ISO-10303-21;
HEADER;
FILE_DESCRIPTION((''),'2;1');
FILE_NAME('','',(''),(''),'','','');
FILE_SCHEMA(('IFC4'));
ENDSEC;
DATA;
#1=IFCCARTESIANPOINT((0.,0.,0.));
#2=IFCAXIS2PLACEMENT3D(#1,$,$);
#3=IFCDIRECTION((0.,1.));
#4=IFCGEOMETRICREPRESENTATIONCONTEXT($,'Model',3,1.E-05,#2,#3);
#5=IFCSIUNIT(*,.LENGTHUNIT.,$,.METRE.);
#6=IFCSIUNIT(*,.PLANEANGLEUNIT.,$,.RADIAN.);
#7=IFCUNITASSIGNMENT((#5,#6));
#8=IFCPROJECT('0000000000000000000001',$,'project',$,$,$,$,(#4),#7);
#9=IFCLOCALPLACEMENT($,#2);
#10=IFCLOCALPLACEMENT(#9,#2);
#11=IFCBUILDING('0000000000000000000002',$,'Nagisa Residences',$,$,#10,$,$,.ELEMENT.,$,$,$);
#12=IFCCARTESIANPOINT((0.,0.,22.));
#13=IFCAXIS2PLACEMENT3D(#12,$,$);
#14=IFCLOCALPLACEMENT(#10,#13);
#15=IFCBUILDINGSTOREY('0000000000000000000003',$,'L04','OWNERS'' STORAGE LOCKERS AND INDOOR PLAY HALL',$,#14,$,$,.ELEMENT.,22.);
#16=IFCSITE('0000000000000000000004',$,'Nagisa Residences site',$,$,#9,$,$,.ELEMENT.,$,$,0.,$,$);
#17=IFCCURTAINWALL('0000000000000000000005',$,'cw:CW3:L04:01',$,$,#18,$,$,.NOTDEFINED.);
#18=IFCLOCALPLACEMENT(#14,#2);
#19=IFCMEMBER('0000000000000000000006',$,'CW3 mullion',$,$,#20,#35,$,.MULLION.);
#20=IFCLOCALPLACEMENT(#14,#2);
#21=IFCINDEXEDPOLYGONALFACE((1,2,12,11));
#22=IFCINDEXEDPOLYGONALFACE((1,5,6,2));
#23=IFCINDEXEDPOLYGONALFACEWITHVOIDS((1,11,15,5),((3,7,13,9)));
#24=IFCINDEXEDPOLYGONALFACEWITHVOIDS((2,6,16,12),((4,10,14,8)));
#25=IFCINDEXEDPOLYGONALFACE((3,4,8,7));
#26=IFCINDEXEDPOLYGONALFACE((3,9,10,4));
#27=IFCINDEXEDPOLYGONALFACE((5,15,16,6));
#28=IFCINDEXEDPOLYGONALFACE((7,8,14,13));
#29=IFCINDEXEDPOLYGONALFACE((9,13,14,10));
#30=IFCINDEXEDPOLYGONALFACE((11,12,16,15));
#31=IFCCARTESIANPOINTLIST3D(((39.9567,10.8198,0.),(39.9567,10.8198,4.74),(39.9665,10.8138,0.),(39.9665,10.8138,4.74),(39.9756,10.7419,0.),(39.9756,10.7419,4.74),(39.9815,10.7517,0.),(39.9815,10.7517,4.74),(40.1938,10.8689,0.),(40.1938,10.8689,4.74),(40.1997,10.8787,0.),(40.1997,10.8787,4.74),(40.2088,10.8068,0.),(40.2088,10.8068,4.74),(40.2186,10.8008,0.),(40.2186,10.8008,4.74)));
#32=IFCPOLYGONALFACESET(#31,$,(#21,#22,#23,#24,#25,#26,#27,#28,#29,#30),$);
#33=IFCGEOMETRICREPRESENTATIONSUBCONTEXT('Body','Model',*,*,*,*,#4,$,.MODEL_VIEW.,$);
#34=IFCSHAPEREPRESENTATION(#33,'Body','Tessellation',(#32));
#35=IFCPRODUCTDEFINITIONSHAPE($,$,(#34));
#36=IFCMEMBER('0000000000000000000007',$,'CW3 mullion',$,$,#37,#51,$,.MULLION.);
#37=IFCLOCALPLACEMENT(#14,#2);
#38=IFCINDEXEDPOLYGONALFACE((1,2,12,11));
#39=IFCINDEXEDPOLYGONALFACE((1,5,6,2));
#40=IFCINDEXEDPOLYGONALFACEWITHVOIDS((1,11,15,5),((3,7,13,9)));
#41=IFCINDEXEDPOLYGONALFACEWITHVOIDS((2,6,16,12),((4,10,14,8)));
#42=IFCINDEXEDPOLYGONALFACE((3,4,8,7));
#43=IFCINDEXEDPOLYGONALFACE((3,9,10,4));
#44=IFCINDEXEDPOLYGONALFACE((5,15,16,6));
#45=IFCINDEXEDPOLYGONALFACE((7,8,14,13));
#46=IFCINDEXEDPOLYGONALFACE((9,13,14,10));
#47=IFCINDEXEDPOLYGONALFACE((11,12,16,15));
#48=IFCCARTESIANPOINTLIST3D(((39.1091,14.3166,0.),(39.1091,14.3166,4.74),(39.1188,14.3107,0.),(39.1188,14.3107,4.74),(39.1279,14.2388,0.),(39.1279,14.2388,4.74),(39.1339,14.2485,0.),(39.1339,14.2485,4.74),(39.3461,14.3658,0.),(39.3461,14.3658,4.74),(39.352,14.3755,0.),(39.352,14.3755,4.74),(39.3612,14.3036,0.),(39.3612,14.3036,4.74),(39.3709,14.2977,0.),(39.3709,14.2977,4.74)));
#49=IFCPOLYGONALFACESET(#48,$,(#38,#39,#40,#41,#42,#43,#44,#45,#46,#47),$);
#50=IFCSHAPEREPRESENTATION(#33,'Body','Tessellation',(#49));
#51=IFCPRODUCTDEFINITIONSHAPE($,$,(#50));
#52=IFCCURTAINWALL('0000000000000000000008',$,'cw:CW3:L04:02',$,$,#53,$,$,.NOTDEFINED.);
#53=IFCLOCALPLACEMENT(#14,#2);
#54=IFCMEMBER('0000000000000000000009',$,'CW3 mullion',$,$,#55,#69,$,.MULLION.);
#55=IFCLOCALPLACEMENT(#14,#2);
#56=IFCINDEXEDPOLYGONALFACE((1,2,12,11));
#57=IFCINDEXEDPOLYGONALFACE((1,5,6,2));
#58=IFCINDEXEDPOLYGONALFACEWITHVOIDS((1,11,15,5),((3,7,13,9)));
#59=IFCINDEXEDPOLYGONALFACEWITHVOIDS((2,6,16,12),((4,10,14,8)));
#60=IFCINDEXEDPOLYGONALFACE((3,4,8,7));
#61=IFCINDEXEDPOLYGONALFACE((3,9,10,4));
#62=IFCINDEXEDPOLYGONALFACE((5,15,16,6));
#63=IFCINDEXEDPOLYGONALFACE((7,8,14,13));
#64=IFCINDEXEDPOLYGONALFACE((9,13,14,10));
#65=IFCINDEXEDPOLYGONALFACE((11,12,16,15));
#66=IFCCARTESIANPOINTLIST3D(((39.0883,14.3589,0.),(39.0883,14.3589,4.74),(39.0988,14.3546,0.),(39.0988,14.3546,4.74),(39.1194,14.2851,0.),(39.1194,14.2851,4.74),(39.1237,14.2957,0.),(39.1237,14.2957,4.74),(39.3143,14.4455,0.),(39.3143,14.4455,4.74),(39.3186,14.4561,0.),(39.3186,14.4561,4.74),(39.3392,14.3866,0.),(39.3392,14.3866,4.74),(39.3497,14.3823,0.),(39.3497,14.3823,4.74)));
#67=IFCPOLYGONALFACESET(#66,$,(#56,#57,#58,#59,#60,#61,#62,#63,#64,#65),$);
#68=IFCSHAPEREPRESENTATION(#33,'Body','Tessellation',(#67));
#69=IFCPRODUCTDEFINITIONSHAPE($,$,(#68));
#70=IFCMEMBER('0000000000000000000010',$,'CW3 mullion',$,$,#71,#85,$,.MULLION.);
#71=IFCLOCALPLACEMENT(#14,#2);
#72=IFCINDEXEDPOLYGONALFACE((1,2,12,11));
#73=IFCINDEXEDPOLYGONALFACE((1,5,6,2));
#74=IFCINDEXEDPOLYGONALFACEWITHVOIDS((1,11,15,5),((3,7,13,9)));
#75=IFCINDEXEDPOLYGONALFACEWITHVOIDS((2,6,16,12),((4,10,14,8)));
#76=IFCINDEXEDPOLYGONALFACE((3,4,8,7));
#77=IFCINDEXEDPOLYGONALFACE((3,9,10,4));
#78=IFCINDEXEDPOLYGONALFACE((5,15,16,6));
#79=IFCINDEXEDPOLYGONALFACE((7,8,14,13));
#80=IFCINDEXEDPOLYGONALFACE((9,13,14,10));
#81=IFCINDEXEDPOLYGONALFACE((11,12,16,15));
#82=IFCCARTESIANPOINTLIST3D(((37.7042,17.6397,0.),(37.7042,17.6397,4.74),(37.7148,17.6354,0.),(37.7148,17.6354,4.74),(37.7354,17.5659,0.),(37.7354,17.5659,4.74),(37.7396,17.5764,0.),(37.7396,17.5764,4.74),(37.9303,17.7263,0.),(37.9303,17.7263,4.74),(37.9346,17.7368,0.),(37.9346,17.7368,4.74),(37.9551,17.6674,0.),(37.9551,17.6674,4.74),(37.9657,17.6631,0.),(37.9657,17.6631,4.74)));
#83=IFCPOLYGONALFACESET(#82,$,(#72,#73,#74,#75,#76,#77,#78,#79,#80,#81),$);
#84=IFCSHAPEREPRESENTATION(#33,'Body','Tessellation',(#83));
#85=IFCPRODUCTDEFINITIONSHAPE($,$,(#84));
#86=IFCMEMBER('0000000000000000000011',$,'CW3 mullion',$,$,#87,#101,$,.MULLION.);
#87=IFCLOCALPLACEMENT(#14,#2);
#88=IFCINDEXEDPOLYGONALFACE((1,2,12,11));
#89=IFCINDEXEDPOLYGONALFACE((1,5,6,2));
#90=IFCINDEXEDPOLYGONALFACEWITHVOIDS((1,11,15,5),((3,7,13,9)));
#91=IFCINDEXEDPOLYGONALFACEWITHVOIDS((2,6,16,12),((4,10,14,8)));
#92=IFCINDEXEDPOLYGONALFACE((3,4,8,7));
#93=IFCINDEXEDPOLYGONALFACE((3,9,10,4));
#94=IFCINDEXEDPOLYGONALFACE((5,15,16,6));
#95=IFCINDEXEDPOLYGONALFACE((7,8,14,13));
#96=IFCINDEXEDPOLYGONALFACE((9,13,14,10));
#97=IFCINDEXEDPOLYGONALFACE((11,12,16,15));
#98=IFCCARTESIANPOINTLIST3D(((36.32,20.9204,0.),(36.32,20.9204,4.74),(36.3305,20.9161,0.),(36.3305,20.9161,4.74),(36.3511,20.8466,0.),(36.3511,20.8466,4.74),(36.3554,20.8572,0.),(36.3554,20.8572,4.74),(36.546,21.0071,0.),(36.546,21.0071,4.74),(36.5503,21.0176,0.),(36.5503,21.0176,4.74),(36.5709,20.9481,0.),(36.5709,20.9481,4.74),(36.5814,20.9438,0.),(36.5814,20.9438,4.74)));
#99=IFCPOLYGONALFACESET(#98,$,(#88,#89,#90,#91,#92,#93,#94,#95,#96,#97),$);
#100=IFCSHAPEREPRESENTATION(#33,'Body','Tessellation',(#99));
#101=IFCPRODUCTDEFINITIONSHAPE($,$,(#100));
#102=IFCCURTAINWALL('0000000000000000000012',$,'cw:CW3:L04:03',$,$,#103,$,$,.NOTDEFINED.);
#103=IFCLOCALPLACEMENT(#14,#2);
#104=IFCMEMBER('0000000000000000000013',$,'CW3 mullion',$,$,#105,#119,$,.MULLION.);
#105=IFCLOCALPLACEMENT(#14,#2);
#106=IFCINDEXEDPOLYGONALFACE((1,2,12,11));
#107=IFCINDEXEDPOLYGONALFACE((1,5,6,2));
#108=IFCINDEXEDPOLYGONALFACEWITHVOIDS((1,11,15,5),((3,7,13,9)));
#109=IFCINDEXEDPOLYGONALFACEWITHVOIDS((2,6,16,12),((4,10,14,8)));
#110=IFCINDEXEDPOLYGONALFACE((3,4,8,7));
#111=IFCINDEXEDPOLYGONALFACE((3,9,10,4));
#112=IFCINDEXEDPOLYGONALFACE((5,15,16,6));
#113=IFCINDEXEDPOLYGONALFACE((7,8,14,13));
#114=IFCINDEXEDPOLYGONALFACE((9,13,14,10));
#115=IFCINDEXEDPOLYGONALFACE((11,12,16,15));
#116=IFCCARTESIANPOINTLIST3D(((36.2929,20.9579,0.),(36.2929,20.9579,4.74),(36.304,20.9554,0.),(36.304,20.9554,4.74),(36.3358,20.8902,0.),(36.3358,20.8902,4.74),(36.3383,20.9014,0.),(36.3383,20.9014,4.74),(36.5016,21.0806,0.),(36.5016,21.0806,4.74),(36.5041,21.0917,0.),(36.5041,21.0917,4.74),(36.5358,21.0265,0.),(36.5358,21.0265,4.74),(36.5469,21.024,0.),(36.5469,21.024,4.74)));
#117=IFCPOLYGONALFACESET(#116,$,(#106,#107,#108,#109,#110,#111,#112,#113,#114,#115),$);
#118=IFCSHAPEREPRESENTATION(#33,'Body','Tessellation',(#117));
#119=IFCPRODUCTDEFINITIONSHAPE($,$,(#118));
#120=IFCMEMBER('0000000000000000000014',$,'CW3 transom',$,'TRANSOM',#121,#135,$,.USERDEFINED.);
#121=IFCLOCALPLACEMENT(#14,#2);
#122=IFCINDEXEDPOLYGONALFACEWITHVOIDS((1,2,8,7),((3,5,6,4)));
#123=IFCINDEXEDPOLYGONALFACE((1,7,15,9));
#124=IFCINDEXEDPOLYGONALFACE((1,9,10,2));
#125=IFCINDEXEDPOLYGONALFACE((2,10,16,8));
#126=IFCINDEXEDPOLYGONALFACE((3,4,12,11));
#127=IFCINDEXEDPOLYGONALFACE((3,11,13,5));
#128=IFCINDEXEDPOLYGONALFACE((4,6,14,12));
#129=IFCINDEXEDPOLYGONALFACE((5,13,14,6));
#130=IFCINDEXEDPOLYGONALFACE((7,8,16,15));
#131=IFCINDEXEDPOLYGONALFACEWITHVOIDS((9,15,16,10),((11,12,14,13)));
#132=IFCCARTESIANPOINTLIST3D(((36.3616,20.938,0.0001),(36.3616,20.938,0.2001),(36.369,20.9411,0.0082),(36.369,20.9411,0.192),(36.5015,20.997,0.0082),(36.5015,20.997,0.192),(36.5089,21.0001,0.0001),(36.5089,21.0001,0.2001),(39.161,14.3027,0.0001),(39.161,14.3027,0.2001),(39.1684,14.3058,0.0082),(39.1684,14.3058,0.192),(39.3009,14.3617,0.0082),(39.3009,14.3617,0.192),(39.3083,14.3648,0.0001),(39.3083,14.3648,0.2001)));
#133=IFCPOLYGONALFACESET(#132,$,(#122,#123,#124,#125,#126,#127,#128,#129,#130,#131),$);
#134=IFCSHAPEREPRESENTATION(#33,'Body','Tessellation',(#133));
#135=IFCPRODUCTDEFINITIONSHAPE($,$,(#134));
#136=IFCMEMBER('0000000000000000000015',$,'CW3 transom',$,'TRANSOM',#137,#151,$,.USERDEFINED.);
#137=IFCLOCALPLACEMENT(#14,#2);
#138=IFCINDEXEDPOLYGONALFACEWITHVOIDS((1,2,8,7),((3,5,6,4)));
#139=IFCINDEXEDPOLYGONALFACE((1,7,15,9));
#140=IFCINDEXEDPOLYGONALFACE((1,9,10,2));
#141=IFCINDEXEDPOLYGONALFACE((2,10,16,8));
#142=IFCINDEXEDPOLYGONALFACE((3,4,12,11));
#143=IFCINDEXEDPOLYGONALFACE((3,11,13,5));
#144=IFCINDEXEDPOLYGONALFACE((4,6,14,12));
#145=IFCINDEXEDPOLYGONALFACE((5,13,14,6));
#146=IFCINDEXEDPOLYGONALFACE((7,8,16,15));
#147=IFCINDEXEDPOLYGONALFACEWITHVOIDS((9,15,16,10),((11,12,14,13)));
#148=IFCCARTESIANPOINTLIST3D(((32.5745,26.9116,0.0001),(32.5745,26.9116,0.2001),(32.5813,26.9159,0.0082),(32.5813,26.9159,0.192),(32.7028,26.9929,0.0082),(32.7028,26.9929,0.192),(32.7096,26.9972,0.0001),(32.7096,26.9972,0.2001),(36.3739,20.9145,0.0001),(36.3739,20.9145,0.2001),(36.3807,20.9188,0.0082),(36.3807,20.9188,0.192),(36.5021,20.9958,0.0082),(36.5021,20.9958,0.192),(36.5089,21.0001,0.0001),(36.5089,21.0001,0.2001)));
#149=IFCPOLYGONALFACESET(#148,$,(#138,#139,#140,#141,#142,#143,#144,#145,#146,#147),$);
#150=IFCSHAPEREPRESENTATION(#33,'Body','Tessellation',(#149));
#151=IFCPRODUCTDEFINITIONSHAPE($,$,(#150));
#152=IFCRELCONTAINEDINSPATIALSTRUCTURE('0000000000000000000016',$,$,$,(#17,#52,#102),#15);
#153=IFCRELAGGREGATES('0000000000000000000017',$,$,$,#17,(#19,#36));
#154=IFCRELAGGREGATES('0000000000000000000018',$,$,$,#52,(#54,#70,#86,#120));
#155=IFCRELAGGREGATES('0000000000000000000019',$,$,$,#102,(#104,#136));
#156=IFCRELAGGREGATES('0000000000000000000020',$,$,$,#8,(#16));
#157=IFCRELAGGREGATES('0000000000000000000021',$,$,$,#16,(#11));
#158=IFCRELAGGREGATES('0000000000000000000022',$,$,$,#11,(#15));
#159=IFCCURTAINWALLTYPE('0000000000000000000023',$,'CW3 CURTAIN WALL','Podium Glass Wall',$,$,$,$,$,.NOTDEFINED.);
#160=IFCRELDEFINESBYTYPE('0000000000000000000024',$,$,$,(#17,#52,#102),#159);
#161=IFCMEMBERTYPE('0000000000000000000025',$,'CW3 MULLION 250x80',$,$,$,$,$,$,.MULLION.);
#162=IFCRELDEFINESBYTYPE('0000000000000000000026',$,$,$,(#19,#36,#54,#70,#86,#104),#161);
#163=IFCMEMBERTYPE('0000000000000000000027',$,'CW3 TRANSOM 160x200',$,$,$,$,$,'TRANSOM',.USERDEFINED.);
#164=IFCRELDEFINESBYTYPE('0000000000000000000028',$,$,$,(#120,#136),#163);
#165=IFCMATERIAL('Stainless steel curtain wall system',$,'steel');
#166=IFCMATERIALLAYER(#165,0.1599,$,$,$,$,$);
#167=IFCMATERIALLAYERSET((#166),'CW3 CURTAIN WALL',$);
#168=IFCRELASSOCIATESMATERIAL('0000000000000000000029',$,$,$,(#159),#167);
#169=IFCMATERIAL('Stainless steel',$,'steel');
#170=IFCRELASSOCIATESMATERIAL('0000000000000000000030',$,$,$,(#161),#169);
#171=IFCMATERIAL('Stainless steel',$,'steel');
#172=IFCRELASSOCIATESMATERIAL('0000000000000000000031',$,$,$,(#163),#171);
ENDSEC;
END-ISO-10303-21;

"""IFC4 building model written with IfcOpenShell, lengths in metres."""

from ifc_helpers import new_model, si_unit, direction, frame, origin, origin_2d, place, context, subcontext, project, spatial, hollow_rectangle, extrude, material, layer, layer_set, material_profile, profile_set, type_object, element, aggregate, save


model = new_model("IFC4")

# Units and contexts
model_context = context("Model", 3, precision=1e-05, world=origin(), true_north=direction((0.0, 1.0)))
body_context = subcontext(model_context, "Body", "Model", "MODEL_VIEW")
ifc_project = project(units=[si_unit("LENGTHUNIT", "METRE"), si_unit("PLANEANGLEUNIT", "RADIAN")], contexts=[model_context])

# Site, building, storey
site_placement = place(None, origin())
site = spatial("IfcSite", under=ifc_project, at=site_placement, Name="Nagisa Residences site", CompositionType="ELEMENT", RefElevation=0.0)
building_placement = place(site_placement, origin())
building = spatial("IfcBuilding", under=site, at=building_placement, Name="Nagisa Residences", CompositionType="ELEMENT")
storey_placement = place(building_placement, frame((0.0, 0.0, 22.0)))
storey = spatial("IfcBuildingStorey", under=building, at=storey_placement, Name="L04", Description="OWNERS' STORAGE LOCKERS AND INDOOR PLAY HALL", CompositionType="ELEMENT", Elevation=22.0)

# Curtain walls, members
ifc_material_1 = material(Name="Stainless steel curtain wall system", Category="steel")
ifc_layer_1 = layer(ifc_material_1, 0.1599)
ifc_layer_set_1 = layer_set([ifc_layer_1], Name="CW3 CURTAIN WALL")
curtain_wall_type = type_object("IfcCurtainWallType", Name="CW3 CURTAIN WALL", Description="Podium Glass Wall", PredefinedType="NOTDEFINED", material=ifc_layer_set_1)
curtain_wall_1_placement = place(storey_placement, origin())
curtain_wall_1 = element("IfcCurtainWall", 1, at=curtain_wall_1_placement, inside=storey, type_object=curtain_wall_type, Name="cw:CW3:L04:01", PredefinedType="NOTDEFINED")
ifc_material_2 = material(Name="Stainless steel", Category="steel")
ifc_material_profile_1 = material_profile(ifc_material_2, hollow_rectangle(XDim=0.25, YDim=0.0801, WallThickness=0.0081, at=origin_2d()), Name="CW3 MULLION 250x80")
ifc_profile_set_1 = profile_set([ifc_material_profile_1], Name="Stainless steel")
member_type_1 = type_object("IfcMemberType", Name="CW3 MULLION 250x80", PredefinedType="MULLION", material=ifc_profile_set_1)
member_1_placement = place(storey_placement, frame((40.0876, 10.8103, 0.0), z_axis=(0.0, 0.0, 1.0), x_axis=(-0.971849, -0.235606, 0.0)))
member_1 = element("IfcMember", 2, at=member_1_placement, type_object=member_type_1, Name="CW3 mullion", PredefinedType="MULLION", context=body_context, shape_type="SweptSolid", body=[
    extrude(hollow_rectangle(XDim=0.25, YDim=0.0801, WallThickness=0.0081, at=origin_2d()), origin(), (0.0, 0.0, 1.0), 4.74),
])
member_2_placement = place(storey_placement, frame((39.24, 14.3071, 0.0), z_axis=(0.0, 0.0, 1.0), x_axis=(-0.971849, -0.235606, 0.0)))
member_2 = element("IfcMember", 3, at=member_2_placement, type_object=member_type_1, Name="CW3 mullion", PredefinedType="MULLION", context=body_context, shape_type="SweptSolid", body=[
    extrude(hollow_rectangle(XDim=0.25, YDim=0.0801, WallThickness=0.0081, at=origin_2d()), origin(), (0.0, 0.0, 1.0), 4.74),
])
curtain_wall_2_placement = place(storey_placement, origin())
curtain_wall_2 = element("IfcCurtainWall", 4, at=curtain_wall_2_placement, inside=storey, type_object=curtain_wall_type, Name="cw:CW3:L04:02", PredefinedType="NOTDEFINED")
member_3_placement = place(storey_placement, frame((39.219, 14.3706, 0.0), z_axis=(0.0, 0.0, 1.0), x_axis=(-0.921357, -0.388718, 0.0)))
member_3 = element("IfcMember", 5, at=member_3_placement, type_object=member_type_1, Name="CW3 mullion", PredefinedType="MULLION", context=body_context, shape_type="SweptSolid", body=[
    extrude(hollow_rectangle(XDim=0.25, YDim=0.0801, WallThickness=0.0081, at=origin_2d()), origin(), (0.0, 0.0, 1.0), 4.74),
])
member_4_placement = place(storey_placement, frame((37.835, 17.6514, 0.0), z_axis=(0.0, 0.0, 1.0), x_axis=(-0.921357, -0.388718, 0.0)))
member_4 = element("IfcMember", 6, at=member_4_placement, type_object=member_type_1, Name="CW3 mullion", PredefinedType="MULLION", context=body_context, shape_type="SweptSolid", body=[
    extrude(hollow_rectangle(XDim=0.25, YDim=0.0801, WallThickness=0.0081, at=origin_2d()), origin(), (0.0, 0.0, 1.0), 4.74),
])
member_5_placement = place(storey_placement, frame((36.4507, 20.9321, 0.0), z_axis=(0.0, 0.0, 1.0), x_axis=(-0.921357, -0.388718, 0.0)))
member_5 = element("IfcMember", 7, at=member_5_placement, type_object=member_type_1, Name="CW3 mullion", PredefinedType="MULLION", context=body_context, shape_type="SweptSolid", body=[
    extrude(hollow_rectangle(XDim=0.25, YDim=0.0801, WallThickness=0.0081, at=origin_2d()), origin(), (0.0, 0.0, 1.0), 4.74),
])

# Curtain wall, member
curtain_wall_3_placement = place(storey_placement, origin())
curtain_wall_3 = element("IfcCurtainWall", 8, at=curtain_wall_3_placement, inside=storey, type_object=curtain_wall_type, Name="cw:CW3:L04:03", PredefinedType="NOTDEFINED")
member_6_placement = place(storey_placement, frame((36.4199, 20.991, 0.0), z_axis=(0.0, 0.0, 1.0), x_axis=(-0.844747, -0.535165, 0.0)))
member_6 = element("IfcMember", 9, at=member_6_placement, type_object=member_type_1, Name="CW3 mullion", PredefinedType="MULLION", context=body_context, shape_type="SweptSolid", body=[
    extrude(hollow_rectangle(XDim=0.25, YDim=0.0801, WallThickness=0.0081, at=origin_2d()), origin(), (0.0, 0.0, 1.0), 4.74),
])

# Members
ifc_material_3 = material(Name="Stainless steel", Category="steel")
ifc_material_profile_2 = material_profile(ifc_material_3, hollow_rectangle(XDim=0.1599, YDim=0.2, WallThickness=0.0081, at=origin_2d()), Name="CW3 TRANSOM 160x200")
ifc_profile_set_2 = profile_set([ifc_material_profile_2], Name="Stainless steel")
member_type_2 = type_object("IfcMemberType", Name="CW3 TRANSOM 160x200", ElementType="TRANSOM", PredefinedType="USERDEFINED", material=ifc_profile_set_2)
member_7_placement = place(storey_placement, frame((39.2346, 14.3337, 0.1001), z_axis=(-0.388709, 0.921361, 0.0), x_axis=(-0.921361, -0.388709, 0.0)))
member_7 = element("IfcMember", 10, at=member_7_placement, type_object=member_type_2, Name="CW3 transom", ObjectType="TRANSOM", PredefinedType="USERDEFINED", context=body_context, shape_type="SweptSolid", body=[
    extrude(hollow_rectangle(XDim=0.1599, YDim=0.2, WallThickness=0.0081, at=origin_2d()), origin(), (0.0, 0.0, 1.0), 7.2017),
])
member_8_placement = place(storey_placement, frame((36.4414, 20.9573, 0.1001), z_axis=(-0.53517, 0.844744, 0.0), x_axis=(-0.844744, -0.53517, 0.0)))
member_8 = element("IfcMember", 11, at=member_8_placement, type_object=member_type_2, Name="CW3 transom", ObjectType="TRANSOM", PredefinedType="USERDEFINED", context=body_context, shape_type="SweptSolid", body=[
    extrude(hollow_rectangle(XDim=0.1599, YDim=0.2, WallThickness=0.0081, at=origin_2d()), origin(), (0.0, 0.0, 1.0), 7.0994),
])

aggregate(curtain_wall_1, [member_1, member_2])
aggregate(curtain_wall_2, [member_3, member_4, member_5, member_7])
aggregate(curtain_wall_3, [member_6, member_8])

save(model, "model.ifc")
